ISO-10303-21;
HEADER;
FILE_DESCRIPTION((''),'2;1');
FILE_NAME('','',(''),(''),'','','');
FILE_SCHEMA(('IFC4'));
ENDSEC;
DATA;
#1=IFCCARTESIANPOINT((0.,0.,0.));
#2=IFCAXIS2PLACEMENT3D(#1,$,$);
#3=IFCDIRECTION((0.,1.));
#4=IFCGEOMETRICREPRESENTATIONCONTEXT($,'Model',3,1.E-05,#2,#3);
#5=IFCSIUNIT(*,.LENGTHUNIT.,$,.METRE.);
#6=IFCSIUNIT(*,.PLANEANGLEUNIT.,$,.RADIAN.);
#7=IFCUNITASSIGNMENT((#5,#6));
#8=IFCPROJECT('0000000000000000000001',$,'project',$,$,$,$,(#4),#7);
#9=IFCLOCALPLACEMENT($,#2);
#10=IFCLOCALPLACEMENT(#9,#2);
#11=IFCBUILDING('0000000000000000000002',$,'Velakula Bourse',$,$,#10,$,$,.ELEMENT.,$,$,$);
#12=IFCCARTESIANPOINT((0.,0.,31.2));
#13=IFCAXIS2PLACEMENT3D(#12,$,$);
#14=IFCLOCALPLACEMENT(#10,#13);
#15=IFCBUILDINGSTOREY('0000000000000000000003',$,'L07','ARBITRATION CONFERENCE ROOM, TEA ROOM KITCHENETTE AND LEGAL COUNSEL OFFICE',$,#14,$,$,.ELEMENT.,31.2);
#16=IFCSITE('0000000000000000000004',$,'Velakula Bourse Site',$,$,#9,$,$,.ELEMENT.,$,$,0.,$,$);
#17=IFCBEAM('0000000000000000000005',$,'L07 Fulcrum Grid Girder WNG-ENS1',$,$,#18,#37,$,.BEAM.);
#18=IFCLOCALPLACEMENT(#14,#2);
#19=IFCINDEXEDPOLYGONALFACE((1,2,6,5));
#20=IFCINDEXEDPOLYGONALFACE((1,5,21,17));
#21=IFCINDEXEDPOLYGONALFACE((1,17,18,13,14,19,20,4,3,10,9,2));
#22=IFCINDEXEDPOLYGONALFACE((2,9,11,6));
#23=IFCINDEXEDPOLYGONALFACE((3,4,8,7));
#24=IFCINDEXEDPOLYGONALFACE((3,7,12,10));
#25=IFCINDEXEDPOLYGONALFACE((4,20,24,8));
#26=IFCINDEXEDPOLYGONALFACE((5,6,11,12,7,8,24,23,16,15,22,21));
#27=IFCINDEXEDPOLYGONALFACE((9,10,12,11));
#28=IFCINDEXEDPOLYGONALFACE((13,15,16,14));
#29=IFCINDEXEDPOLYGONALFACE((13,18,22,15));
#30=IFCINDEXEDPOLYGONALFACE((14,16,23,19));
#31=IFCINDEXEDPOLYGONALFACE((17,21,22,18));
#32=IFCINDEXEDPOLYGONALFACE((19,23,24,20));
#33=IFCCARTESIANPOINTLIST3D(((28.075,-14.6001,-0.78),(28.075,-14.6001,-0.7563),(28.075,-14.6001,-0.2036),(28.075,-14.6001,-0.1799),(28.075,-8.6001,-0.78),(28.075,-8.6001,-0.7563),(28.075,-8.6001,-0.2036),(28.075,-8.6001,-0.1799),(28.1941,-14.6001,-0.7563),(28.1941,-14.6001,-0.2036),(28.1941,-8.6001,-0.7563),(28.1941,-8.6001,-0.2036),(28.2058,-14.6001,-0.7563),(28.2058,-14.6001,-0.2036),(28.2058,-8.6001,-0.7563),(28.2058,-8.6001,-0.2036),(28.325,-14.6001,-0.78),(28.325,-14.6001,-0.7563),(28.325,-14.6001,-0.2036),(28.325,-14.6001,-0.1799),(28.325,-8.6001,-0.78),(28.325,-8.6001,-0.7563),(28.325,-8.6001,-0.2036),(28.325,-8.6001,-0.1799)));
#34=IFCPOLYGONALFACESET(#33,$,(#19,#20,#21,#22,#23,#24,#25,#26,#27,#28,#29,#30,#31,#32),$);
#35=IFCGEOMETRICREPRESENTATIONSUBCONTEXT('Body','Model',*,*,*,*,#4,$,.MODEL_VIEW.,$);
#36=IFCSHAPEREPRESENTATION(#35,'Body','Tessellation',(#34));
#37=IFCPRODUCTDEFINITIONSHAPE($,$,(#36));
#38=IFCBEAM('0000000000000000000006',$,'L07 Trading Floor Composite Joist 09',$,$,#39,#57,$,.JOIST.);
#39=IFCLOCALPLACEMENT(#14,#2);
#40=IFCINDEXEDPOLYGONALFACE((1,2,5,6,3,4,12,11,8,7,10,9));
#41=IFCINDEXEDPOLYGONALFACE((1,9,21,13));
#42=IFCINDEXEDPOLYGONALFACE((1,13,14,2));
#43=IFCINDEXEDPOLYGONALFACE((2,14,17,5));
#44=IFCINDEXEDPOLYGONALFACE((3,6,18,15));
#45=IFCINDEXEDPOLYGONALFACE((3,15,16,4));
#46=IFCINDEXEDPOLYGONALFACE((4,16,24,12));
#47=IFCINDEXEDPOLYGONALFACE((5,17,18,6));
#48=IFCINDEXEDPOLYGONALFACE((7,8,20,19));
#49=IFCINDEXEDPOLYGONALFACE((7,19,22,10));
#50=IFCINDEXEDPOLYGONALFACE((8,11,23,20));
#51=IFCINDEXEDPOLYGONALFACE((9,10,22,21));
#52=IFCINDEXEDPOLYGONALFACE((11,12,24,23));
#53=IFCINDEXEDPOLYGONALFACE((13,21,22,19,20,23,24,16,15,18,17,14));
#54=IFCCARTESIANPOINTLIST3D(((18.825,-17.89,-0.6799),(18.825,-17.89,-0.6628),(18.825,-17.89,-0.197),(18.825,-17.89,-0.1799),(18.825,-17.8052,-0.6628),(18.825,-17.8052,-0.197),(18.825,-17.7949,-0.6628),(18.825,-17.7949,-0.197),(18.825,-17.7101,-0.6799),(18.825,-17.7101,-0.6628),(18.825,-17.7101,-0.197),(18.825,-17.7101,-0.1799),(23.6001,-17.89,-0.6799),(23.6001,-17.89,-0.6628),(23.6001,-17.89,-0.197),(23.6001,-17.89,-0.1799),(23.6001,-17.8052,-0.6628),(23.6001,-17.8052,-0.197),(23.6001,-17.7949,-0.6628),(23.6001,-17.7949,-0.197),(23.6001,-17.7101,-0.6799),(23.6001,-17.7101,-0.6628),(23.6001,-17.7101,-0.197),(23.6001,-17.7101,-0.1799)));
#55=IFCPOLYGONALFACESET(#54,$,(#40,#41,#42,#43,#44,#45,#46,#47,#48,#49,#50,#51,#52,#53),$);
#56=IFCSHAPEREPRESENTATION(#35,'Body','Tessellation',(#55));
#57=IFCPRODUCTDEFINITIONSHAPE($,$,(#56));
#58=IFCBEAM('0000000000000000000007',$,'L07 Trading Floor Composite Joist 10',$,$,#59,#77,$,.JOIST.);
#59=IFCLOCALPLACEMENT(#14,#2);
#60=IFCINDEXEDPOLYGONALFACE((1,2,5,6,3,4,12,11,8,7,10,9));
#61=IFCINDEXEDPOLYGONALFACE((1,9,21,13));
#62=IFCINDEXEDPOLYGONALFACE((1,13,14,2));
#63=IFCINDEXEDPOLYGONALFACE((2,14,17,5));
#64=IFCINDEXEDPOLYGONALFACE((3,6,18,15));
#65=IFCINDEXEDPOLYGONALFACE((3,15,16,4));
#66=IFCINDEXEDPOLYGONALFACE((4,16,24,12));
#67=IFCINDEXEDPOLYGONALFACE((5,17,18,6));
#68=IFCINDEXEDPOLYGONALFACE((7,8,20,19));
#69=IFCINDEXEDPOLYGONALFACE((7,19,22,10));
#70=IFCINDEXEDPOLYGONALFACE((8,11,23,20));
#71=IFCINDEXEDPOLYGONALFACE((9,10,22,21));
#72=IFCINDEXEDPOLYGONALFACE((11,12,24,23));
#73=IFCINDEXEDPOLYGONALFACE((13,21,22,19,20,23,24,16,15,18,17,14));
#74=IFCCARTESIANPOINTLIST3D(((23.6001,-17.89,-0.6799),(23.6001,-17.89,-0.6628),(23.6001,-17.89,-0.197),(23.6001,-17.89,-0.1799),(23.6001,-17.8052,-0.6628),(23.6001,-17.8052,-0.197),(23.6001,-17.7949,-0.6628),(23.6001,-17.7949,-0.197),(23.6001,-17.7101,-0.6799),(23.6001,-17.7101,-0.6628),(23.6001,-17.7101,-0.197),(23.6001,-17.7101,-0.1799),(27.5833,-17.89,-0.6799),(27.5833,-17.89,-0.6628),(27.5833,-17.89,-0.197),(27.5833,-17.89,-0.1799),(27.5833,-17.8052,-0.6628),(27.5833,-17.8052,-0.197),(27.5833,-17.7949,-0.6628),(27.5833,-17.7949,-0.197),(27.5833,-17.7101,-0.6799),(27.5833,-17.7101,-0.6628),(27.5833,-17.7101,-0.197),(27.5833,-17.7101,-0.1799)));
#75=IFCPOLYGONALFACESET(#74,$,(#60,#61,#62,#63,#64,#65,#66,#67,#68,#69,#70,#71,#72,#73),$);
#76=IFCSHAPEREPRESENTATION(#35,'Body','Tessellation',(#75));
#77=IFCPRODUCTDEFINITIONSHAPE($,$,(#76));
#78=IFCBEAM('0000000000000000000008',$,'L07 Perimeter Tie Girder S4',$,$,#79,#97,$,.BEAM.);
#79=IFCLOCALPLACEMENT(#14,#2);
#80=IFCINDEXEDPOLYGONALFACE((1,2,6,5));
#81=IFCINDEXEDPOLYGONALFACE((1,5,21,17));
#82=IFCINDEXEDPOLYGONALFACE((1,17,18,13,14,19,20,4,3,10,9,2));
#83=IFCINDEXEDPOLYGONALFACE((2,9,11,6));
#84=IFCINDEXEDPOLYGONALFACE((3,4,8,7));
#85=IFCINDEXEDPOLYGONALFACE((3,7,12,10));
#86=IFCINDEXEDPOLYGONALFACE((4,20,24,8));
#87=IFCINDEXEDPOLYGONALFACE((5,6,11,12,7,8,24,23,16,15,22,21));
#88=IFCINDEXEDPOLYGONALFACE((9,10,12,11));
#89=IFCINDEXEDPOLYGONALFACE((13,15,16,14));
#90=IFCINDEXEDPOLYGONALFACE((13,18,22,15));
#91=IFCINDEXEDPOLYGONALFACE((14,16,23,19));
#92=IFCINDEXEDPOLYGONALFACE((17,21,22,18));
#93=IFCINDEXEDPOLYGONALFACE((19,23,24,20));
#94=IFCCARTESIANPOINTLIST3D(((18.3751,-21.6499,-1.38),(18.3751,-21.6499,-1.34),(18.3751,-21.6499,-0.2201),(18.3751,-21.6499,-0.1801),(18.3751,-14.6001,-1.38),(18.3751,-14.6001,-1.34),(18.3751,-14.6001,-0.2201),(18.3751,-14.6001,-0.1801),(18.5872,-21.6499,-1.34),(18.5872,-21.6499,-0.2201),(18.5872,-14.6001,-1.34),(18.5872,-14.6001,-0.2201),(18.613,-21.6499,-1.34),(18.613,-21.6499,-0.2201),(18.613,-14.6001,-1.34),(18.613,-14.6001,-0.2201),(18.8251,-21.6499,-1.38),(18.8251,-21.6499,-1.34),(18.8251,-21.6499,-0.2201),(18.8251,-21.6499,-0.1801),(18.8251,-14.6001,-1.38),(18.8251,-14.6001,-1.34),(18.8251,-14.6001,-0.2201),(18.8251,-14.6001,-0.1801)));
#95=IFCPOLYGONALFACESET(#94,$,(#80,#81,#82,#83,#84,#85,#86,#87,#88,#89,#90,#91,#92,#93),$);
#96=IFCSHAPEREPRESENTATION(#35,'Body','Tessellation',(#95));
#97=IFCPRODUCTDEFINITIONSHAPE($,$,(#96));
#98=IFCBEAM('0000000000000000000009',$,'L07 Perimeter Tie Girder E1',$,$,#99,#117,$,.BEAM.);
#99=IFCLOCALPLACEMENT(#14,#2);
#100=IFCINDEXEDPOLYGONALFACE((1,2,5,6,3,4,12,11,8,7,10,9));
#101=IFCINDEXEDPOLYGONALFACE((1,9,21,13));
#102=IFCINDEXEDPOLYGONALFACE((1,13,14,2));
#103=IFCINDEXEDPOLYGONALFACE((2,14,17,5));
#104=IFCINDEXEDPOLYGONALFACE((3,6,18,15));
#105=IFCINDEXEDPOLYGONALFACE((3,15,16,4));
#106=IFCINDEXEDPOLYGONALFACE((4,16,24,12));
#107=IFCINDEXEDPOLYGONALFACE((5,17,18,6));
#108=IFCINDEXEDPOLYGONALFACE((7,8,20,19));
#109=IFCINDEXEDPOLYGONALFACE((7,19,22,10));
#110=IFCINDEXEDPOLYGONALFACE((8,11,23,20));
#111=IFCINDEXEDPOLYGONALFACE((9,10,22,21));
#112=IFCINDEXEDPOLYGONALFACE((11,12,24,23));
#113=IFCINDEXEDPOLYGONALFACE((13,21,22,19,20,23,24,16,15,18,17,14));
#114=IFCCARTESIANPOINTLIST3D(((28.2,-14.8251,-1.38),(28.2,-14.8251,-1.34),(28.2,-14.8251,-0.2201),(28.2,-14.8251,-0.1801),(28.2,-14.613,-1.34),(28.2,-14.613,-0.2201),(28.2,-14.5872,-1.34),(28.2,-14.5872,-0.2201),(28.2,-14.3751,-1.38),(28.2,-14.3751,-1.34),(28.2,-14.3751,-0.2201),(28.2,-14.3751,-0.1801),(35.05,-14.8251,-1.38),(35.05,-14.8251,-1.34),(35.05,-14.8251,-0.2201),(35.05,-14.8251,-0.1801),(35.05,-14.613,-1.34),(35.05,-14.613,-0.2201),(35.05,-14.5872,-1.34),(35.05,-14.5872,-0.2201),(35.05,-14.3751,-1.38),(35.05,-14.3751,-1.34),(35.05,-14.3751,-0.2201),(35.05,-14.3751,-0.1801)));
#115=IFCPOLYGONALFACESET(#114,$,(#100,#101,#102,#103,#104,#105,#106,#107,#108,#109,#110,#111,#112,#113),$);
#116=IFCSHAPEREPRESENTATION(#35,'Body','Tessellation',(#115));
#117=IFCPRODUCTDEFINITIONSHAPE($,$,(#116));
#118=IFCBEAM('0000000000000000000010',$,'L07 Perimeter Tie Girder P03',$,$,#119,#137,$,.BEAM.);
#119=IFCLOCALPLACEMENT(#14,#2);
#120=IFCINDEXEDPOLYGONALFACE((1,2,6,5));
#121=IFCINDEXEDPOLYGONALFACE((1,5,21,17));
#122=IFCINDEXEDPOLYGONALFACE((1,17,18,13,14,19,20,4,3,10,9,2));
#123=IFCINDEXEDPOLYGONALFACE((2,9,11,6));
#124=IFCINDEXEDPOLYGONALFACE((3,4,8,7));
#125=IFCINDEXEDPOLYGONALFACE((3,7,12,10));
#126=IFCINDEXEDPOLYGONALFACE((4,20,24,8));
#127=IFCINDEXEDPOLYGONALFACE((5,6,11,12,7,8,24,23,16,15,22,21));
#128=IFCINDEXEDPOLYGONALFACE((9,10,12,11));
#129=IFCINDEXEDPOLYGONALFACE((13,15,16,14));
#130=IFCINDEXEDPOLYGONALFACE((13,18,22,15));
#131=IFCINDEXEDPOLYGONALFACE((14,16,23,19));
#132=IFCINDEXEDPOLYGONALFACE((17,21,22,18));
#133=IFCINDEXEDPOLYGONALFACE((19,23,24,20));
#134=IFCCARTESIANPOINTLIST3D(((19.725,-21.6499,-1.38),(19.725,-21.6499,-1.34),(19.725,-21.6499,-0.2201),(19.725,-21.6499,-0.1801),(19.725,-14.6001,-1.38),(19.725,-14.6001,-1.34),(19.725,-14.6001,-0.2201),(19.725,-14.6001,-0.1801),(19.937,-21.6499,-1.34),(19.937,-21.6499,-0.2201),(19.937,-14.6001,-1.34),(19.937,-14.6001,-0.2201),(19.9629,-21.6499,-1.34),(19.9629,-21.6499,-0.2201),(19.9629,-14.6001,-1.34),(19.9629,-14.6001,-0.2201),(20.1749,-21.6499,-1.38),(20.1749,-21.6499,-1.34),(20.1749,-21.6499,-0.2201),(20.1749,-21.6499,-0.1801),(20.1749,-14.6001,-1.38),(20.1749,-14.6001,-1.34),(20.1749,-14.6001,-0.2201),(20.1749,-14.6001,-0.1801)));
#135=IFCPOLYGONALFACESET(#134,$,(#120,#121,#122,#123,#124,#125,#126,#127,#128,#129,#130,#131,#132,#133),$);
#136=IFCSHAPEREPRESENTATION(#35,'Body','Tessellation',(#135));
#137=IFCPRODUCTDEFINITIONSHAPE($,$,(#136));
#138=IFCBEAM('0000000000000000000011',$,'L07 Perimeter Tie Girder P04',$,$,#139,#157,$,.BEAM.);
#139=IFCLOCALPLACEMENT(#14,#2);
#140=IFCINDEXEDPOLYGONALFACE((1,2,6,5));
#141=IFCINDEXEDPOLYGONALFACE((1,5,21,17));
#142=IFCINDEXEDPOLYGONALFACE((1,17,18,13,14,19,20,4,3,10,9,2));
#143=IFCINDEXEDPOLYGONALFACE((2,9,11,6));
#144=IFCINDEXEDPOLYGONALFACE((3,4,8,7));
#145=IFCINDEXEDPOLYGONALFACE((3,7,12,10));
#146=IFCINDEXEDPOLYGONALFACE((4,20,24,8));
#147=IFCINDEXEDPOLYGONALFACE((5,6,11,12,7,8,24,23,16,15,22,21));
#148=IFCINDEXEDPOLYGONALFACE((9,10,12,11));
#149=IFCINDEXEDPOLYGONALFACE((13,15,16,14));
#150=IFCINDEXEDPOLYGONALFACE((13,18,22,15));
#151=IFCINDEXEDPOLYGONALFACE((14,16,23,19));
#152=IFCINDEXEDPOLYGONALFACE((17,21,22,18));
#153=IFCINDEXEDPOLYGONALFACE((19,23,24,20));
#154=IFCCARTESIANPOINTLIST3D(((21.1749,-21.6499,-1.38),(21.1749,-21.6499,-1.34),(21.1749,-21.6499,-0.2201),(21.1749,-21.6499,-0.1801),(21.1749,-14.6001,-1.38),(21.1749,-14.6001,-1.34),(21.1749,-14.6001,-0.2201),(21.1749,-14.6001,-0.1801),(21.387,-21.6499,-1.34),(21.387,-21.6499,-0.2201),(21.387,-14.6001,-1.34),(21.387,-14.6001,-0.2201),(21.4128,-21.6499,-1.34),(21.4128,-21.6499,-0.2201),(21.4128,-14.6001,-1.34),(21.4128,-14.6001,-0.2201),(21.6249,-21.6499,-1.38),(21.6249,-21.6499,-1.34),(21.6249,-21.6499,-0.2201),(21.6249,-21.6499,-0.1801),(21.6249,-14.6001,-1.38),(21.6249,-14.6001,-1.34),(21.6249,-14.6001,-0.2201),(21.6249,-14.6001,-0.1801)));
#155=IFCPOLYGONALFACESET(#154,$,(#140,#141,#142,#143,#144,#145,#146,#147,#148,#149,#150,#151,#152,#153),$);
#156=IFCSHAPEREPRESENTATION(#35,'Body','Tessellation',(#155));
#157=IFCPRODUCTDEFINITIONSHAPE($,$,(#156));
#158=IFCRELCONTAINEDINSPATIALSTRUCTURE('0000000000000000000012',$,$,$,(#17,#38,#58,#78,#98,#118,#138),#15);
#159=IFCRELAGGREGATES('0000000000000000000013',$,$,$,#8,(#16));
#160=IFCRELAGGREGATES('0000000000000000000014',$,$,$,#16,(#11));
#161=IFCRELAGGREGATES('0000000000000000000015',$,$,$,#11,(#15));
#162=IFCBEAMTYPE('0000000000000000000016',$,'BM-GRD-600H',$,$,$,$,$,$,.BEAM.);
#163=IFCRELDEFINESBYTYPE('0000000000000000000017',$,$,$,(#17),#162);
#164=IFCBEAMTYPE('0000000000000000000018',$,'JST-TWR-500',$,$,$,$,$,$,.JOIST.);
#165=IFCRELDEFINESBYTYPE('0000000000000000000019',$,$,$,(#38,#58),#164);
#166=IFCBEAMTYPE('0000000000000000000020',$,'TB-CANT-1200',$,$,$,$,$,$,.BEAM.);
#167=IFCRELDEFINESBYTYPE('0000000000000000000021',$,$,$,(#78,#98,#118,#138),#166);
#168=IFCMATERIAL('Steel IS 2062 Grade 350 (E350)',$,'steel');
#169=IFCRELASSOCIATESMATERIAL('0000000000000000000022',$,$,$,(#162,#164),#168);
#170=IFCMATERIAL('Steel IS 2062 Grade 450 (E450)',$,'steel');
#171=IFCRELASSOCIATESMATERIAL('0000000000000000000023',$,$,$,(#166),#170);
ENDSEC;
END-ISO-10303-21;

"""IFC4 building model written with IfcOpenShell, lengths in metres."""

from ifc_helpers import new_model, si_unit, direction, frame, origin, origin_2d, place, context, subcontext, project, spatial, i_section, extrude, material, material_profile, profile_set, type_object, element, save


model = new_model("IFC4")

# Units and contexts
model_context = context("Model", 3, precision=1e-05, world=origin(), true_north=direction((0.0, 1.0)))
body_context = subcontext(model_context, "Body", "Model", "MODEL_VIEW")
ifc_project = project(units=[si_unit("LENGTHUNIT", "METRE"), si_unit("PLANEANGLEUNIT", "RADIAN")], contexts=[model_context])

# Site, building, storey
site_placement = place(None, origin())
site = spatial("IfcSite", under=ifc_project, at=site_placement, Name="Velakula Bourse Site", CompositionType="ELEMENT", RefElevation=0.0)
building_placement = place(site_placement, origin())
building = spatial("IfcBuilding", under=site, at=building_placement, Name="Velakula Bourse", CompositionType="ELEMENT")
storey_placement = place(building_placement, frame((0.0, 0.0, 31.2)))
storey = spatial("IfcBuildingStorey", under=building, at=storey_placement, Name="L07", Description="ARBITRATION CONFERENCE ROOM, TEA ROOM KITCHENETTE AND LEGAL COUNSEL OFFICE", CompositionType="ELEMENT", Elevation=31.2)

# Shared definitions
ifc_material_1 = material(Name="Steel IS 2062 Grade 450 (E450)", Category="steel")

# Beams
ifc_material_2 = material(Name="Steel IS 2062 Grade 350 (E350)", Category="steel")
ifc_material_profile_1 = material_profile(ifc_material_2, i_section(OverallWidth=0.25, OverallDepth=0.6001, WebThickness=0.0117, FlangeThickness=0.0237, at=origin_2d()), Name="Steel IS 2062 Grade 350 (E350)")
ifc_profile_set_1 = profile_set([ifc_material_profile_1], Name="Steel IS 2062 Grade 350 (E350)")
beam_type_1 = type_object("IfcBeamType", Name="BM-GRD-600H", PredefinedType="BEAM", material=ifc_profile_set_1)
beam_1_placement = place(storey_placement, frame((28.2, -14.6001, -0.48), z_axis=(0.0, 1.0, 0.0), x_axis=(-1.0, 0.0, 0.0)))
element("IfcBeam", 1, at=beam_1_placement, inside=storey, type_object=beam_type_1, Name="L07 Fulcrum Grid Girder WNG-ENS1", PredefinedType="BEAM", context=body_context, shape_type="SweptSolid", body=[
    extrude(i_section(OverallWidth=0.25, OverallDepth=0.6001, WebThickness=0.0117, FlangeThickness=0.0237, at=origin_2d()), origin(), (0.0, 0.0, 1.0), 6.0),
])
ifc_material_profile_2 = material_profile(ifc_material_2, i_section(OverallWidth=0.1799, OverallDepth=0.5, WebThickness=0.0103, FlangeThickness=0.0171, at=origin_2d()), Name="Steel IS 2062 Grade 350 (E350)")
ifc_profile_set_2 = profile_set([ifc_material_profile_2], Name="Steel IS 2062 Grade 350 (E350)")
beam_type_2 = type_object("IfcBeamType", Name="JST-TWR-500", PredefinedType="JOIST", material=ifc_profile_set_2)
beam_2_placement = place(storey_placement, frame((18.825, -17.8, -0.4299), z_axis=(1.0, 0.0, 0.0), x_axis=(0.0, 1.0, 0.0)))
element("IfcBeam", 2, at=beam_2_placement, inside=storey, type_object=beam_type_2, Name="L07 Trading Floor Composite Joist 09", PredefinedType="JOIST", context=body_context, shape_type="SweptSolid", body=[
    extrude(i_section(OverallWidth=0.1799, OverallDepth=0.5, WebThickness=0.0103, FlangeThickness=0.0171, at=origin_2d()), origin(), (0.0, 0.0, 1.0), 4.7751),
])
beam_3_placement = place(storey_placement, frame((23.6001, -17.8, -0.4299), z_axis=(1.0, 0.0, 0.0), x_axis=(0.0, 1.0, 0.0)))
element("IfcBeam", 3, at=beam_3_placement, inside=storey, type_object=beam_type_2, Name="L07 Trading Floor Composite Joist 10", PredefinedType="JOIST", context=body_context, shape_type="SweptSolid", body=[
    extrude(i_section(OverallWidth=0.1799, OverallDepth=0.5, WebThickness=0.0103, FlangeThickness=0.0171, at=origin_2d()), origin(), (0.0, 0.0, 1.0), 3.9832),
])
ifc_material_profile_3 = material_profile(ifc_material_1, i_section(OverallWidth=0.45, OverallDepth=1.2, WebThickness=0.0259, FlangeThickness=0.04, at=origin_2d()), Name="Steel IS 2062 Grade 450 (E450)")
ifc_profile_set_3 = profile_set([ifc_material_profile_3], Name="Steel IS 2062 Grade 450 (E450)")
beam_type_3 = type_object("IfcBeamType", Name="TB-CANT-1200", PredefinedType="BEAM", material=ifc_profile_set_3)
beam_4_placement = place(storey_placement, frame((18.6001, -14.6001, -0.78), z_axis=(0.0, -1.0, 0.0), x_axis=(1.0, 0.0, 0.0)))
element("IfcBeam", 4, at=beam_4_placement, inside=storey, type_object=beam_type_3, Name="L07 Perimeter Tie Girder S4", PredefinedType="BEAM", context=body_context, shape_type="SweptSolid", body=[
    extrude(i_section(OverallWidth=0.45, OverallDepth=1.2, WebThickness=0.0259, FlangeThickness=0.04, at=origin_2d()), origin(), (0.0, 0.0, 1.0), 7.0498),
])
beam_5_placement = place(storey_placement, frame((28.2, -14.6001, -0.78), z_axis=(1.0, 0.0, 0.0), x_axis=(0.0, 1.0, 0.0)))
element("IfcBeam", 5, at=beam_5_placement, inside=storey, type_object=beam_type_3, Name="L07 Perimeter Tie Girder E1", PredefinedType="BEAM", context=body_context, shape_type="SweptSolid", body=[
    extrude(i_section(OverallWidth=0.45, OverallDepth=1.2, WebThickness=0.0259, FlangeThickness=0.04, at=origin_2d()), origin(), (0.0, 0.0, 1.0), 6.8501),
])
for number, where, z_axis, x_axis, name in (
    (6, (19.95, -14.6001, -0.78), (0.0, -1.0, 0.0), (1.0, 0.0, 0.0), "L07 Perimeter Tie Girder P03"),
    (7, (21.3999, -14.6001, -0.78), (0.0, -1.0, 0.0), (1.0, 0.0, 0.0), "L07 Perimeter Tie Girder P04"),
):
    element("IfcBeam", number, at=place(storey_placement, frame(where, z_axis=z_axis, x_axis=x_axis)), inside=storey, type_object=beam_type_3, Name=name, PredefinedType="BEAM", context=body_context, shape_type="SweptSolid", body=[
        extrude(i_section(OverallWidth=0.45, OverallDepth=1.2, WebThickness=0.0259, FlangeThickness=0.04, at=origin_2d()), origin(), (0.0, 0.0, 1.0), 7.0498),
    ])

save(model, "model.ifc")
